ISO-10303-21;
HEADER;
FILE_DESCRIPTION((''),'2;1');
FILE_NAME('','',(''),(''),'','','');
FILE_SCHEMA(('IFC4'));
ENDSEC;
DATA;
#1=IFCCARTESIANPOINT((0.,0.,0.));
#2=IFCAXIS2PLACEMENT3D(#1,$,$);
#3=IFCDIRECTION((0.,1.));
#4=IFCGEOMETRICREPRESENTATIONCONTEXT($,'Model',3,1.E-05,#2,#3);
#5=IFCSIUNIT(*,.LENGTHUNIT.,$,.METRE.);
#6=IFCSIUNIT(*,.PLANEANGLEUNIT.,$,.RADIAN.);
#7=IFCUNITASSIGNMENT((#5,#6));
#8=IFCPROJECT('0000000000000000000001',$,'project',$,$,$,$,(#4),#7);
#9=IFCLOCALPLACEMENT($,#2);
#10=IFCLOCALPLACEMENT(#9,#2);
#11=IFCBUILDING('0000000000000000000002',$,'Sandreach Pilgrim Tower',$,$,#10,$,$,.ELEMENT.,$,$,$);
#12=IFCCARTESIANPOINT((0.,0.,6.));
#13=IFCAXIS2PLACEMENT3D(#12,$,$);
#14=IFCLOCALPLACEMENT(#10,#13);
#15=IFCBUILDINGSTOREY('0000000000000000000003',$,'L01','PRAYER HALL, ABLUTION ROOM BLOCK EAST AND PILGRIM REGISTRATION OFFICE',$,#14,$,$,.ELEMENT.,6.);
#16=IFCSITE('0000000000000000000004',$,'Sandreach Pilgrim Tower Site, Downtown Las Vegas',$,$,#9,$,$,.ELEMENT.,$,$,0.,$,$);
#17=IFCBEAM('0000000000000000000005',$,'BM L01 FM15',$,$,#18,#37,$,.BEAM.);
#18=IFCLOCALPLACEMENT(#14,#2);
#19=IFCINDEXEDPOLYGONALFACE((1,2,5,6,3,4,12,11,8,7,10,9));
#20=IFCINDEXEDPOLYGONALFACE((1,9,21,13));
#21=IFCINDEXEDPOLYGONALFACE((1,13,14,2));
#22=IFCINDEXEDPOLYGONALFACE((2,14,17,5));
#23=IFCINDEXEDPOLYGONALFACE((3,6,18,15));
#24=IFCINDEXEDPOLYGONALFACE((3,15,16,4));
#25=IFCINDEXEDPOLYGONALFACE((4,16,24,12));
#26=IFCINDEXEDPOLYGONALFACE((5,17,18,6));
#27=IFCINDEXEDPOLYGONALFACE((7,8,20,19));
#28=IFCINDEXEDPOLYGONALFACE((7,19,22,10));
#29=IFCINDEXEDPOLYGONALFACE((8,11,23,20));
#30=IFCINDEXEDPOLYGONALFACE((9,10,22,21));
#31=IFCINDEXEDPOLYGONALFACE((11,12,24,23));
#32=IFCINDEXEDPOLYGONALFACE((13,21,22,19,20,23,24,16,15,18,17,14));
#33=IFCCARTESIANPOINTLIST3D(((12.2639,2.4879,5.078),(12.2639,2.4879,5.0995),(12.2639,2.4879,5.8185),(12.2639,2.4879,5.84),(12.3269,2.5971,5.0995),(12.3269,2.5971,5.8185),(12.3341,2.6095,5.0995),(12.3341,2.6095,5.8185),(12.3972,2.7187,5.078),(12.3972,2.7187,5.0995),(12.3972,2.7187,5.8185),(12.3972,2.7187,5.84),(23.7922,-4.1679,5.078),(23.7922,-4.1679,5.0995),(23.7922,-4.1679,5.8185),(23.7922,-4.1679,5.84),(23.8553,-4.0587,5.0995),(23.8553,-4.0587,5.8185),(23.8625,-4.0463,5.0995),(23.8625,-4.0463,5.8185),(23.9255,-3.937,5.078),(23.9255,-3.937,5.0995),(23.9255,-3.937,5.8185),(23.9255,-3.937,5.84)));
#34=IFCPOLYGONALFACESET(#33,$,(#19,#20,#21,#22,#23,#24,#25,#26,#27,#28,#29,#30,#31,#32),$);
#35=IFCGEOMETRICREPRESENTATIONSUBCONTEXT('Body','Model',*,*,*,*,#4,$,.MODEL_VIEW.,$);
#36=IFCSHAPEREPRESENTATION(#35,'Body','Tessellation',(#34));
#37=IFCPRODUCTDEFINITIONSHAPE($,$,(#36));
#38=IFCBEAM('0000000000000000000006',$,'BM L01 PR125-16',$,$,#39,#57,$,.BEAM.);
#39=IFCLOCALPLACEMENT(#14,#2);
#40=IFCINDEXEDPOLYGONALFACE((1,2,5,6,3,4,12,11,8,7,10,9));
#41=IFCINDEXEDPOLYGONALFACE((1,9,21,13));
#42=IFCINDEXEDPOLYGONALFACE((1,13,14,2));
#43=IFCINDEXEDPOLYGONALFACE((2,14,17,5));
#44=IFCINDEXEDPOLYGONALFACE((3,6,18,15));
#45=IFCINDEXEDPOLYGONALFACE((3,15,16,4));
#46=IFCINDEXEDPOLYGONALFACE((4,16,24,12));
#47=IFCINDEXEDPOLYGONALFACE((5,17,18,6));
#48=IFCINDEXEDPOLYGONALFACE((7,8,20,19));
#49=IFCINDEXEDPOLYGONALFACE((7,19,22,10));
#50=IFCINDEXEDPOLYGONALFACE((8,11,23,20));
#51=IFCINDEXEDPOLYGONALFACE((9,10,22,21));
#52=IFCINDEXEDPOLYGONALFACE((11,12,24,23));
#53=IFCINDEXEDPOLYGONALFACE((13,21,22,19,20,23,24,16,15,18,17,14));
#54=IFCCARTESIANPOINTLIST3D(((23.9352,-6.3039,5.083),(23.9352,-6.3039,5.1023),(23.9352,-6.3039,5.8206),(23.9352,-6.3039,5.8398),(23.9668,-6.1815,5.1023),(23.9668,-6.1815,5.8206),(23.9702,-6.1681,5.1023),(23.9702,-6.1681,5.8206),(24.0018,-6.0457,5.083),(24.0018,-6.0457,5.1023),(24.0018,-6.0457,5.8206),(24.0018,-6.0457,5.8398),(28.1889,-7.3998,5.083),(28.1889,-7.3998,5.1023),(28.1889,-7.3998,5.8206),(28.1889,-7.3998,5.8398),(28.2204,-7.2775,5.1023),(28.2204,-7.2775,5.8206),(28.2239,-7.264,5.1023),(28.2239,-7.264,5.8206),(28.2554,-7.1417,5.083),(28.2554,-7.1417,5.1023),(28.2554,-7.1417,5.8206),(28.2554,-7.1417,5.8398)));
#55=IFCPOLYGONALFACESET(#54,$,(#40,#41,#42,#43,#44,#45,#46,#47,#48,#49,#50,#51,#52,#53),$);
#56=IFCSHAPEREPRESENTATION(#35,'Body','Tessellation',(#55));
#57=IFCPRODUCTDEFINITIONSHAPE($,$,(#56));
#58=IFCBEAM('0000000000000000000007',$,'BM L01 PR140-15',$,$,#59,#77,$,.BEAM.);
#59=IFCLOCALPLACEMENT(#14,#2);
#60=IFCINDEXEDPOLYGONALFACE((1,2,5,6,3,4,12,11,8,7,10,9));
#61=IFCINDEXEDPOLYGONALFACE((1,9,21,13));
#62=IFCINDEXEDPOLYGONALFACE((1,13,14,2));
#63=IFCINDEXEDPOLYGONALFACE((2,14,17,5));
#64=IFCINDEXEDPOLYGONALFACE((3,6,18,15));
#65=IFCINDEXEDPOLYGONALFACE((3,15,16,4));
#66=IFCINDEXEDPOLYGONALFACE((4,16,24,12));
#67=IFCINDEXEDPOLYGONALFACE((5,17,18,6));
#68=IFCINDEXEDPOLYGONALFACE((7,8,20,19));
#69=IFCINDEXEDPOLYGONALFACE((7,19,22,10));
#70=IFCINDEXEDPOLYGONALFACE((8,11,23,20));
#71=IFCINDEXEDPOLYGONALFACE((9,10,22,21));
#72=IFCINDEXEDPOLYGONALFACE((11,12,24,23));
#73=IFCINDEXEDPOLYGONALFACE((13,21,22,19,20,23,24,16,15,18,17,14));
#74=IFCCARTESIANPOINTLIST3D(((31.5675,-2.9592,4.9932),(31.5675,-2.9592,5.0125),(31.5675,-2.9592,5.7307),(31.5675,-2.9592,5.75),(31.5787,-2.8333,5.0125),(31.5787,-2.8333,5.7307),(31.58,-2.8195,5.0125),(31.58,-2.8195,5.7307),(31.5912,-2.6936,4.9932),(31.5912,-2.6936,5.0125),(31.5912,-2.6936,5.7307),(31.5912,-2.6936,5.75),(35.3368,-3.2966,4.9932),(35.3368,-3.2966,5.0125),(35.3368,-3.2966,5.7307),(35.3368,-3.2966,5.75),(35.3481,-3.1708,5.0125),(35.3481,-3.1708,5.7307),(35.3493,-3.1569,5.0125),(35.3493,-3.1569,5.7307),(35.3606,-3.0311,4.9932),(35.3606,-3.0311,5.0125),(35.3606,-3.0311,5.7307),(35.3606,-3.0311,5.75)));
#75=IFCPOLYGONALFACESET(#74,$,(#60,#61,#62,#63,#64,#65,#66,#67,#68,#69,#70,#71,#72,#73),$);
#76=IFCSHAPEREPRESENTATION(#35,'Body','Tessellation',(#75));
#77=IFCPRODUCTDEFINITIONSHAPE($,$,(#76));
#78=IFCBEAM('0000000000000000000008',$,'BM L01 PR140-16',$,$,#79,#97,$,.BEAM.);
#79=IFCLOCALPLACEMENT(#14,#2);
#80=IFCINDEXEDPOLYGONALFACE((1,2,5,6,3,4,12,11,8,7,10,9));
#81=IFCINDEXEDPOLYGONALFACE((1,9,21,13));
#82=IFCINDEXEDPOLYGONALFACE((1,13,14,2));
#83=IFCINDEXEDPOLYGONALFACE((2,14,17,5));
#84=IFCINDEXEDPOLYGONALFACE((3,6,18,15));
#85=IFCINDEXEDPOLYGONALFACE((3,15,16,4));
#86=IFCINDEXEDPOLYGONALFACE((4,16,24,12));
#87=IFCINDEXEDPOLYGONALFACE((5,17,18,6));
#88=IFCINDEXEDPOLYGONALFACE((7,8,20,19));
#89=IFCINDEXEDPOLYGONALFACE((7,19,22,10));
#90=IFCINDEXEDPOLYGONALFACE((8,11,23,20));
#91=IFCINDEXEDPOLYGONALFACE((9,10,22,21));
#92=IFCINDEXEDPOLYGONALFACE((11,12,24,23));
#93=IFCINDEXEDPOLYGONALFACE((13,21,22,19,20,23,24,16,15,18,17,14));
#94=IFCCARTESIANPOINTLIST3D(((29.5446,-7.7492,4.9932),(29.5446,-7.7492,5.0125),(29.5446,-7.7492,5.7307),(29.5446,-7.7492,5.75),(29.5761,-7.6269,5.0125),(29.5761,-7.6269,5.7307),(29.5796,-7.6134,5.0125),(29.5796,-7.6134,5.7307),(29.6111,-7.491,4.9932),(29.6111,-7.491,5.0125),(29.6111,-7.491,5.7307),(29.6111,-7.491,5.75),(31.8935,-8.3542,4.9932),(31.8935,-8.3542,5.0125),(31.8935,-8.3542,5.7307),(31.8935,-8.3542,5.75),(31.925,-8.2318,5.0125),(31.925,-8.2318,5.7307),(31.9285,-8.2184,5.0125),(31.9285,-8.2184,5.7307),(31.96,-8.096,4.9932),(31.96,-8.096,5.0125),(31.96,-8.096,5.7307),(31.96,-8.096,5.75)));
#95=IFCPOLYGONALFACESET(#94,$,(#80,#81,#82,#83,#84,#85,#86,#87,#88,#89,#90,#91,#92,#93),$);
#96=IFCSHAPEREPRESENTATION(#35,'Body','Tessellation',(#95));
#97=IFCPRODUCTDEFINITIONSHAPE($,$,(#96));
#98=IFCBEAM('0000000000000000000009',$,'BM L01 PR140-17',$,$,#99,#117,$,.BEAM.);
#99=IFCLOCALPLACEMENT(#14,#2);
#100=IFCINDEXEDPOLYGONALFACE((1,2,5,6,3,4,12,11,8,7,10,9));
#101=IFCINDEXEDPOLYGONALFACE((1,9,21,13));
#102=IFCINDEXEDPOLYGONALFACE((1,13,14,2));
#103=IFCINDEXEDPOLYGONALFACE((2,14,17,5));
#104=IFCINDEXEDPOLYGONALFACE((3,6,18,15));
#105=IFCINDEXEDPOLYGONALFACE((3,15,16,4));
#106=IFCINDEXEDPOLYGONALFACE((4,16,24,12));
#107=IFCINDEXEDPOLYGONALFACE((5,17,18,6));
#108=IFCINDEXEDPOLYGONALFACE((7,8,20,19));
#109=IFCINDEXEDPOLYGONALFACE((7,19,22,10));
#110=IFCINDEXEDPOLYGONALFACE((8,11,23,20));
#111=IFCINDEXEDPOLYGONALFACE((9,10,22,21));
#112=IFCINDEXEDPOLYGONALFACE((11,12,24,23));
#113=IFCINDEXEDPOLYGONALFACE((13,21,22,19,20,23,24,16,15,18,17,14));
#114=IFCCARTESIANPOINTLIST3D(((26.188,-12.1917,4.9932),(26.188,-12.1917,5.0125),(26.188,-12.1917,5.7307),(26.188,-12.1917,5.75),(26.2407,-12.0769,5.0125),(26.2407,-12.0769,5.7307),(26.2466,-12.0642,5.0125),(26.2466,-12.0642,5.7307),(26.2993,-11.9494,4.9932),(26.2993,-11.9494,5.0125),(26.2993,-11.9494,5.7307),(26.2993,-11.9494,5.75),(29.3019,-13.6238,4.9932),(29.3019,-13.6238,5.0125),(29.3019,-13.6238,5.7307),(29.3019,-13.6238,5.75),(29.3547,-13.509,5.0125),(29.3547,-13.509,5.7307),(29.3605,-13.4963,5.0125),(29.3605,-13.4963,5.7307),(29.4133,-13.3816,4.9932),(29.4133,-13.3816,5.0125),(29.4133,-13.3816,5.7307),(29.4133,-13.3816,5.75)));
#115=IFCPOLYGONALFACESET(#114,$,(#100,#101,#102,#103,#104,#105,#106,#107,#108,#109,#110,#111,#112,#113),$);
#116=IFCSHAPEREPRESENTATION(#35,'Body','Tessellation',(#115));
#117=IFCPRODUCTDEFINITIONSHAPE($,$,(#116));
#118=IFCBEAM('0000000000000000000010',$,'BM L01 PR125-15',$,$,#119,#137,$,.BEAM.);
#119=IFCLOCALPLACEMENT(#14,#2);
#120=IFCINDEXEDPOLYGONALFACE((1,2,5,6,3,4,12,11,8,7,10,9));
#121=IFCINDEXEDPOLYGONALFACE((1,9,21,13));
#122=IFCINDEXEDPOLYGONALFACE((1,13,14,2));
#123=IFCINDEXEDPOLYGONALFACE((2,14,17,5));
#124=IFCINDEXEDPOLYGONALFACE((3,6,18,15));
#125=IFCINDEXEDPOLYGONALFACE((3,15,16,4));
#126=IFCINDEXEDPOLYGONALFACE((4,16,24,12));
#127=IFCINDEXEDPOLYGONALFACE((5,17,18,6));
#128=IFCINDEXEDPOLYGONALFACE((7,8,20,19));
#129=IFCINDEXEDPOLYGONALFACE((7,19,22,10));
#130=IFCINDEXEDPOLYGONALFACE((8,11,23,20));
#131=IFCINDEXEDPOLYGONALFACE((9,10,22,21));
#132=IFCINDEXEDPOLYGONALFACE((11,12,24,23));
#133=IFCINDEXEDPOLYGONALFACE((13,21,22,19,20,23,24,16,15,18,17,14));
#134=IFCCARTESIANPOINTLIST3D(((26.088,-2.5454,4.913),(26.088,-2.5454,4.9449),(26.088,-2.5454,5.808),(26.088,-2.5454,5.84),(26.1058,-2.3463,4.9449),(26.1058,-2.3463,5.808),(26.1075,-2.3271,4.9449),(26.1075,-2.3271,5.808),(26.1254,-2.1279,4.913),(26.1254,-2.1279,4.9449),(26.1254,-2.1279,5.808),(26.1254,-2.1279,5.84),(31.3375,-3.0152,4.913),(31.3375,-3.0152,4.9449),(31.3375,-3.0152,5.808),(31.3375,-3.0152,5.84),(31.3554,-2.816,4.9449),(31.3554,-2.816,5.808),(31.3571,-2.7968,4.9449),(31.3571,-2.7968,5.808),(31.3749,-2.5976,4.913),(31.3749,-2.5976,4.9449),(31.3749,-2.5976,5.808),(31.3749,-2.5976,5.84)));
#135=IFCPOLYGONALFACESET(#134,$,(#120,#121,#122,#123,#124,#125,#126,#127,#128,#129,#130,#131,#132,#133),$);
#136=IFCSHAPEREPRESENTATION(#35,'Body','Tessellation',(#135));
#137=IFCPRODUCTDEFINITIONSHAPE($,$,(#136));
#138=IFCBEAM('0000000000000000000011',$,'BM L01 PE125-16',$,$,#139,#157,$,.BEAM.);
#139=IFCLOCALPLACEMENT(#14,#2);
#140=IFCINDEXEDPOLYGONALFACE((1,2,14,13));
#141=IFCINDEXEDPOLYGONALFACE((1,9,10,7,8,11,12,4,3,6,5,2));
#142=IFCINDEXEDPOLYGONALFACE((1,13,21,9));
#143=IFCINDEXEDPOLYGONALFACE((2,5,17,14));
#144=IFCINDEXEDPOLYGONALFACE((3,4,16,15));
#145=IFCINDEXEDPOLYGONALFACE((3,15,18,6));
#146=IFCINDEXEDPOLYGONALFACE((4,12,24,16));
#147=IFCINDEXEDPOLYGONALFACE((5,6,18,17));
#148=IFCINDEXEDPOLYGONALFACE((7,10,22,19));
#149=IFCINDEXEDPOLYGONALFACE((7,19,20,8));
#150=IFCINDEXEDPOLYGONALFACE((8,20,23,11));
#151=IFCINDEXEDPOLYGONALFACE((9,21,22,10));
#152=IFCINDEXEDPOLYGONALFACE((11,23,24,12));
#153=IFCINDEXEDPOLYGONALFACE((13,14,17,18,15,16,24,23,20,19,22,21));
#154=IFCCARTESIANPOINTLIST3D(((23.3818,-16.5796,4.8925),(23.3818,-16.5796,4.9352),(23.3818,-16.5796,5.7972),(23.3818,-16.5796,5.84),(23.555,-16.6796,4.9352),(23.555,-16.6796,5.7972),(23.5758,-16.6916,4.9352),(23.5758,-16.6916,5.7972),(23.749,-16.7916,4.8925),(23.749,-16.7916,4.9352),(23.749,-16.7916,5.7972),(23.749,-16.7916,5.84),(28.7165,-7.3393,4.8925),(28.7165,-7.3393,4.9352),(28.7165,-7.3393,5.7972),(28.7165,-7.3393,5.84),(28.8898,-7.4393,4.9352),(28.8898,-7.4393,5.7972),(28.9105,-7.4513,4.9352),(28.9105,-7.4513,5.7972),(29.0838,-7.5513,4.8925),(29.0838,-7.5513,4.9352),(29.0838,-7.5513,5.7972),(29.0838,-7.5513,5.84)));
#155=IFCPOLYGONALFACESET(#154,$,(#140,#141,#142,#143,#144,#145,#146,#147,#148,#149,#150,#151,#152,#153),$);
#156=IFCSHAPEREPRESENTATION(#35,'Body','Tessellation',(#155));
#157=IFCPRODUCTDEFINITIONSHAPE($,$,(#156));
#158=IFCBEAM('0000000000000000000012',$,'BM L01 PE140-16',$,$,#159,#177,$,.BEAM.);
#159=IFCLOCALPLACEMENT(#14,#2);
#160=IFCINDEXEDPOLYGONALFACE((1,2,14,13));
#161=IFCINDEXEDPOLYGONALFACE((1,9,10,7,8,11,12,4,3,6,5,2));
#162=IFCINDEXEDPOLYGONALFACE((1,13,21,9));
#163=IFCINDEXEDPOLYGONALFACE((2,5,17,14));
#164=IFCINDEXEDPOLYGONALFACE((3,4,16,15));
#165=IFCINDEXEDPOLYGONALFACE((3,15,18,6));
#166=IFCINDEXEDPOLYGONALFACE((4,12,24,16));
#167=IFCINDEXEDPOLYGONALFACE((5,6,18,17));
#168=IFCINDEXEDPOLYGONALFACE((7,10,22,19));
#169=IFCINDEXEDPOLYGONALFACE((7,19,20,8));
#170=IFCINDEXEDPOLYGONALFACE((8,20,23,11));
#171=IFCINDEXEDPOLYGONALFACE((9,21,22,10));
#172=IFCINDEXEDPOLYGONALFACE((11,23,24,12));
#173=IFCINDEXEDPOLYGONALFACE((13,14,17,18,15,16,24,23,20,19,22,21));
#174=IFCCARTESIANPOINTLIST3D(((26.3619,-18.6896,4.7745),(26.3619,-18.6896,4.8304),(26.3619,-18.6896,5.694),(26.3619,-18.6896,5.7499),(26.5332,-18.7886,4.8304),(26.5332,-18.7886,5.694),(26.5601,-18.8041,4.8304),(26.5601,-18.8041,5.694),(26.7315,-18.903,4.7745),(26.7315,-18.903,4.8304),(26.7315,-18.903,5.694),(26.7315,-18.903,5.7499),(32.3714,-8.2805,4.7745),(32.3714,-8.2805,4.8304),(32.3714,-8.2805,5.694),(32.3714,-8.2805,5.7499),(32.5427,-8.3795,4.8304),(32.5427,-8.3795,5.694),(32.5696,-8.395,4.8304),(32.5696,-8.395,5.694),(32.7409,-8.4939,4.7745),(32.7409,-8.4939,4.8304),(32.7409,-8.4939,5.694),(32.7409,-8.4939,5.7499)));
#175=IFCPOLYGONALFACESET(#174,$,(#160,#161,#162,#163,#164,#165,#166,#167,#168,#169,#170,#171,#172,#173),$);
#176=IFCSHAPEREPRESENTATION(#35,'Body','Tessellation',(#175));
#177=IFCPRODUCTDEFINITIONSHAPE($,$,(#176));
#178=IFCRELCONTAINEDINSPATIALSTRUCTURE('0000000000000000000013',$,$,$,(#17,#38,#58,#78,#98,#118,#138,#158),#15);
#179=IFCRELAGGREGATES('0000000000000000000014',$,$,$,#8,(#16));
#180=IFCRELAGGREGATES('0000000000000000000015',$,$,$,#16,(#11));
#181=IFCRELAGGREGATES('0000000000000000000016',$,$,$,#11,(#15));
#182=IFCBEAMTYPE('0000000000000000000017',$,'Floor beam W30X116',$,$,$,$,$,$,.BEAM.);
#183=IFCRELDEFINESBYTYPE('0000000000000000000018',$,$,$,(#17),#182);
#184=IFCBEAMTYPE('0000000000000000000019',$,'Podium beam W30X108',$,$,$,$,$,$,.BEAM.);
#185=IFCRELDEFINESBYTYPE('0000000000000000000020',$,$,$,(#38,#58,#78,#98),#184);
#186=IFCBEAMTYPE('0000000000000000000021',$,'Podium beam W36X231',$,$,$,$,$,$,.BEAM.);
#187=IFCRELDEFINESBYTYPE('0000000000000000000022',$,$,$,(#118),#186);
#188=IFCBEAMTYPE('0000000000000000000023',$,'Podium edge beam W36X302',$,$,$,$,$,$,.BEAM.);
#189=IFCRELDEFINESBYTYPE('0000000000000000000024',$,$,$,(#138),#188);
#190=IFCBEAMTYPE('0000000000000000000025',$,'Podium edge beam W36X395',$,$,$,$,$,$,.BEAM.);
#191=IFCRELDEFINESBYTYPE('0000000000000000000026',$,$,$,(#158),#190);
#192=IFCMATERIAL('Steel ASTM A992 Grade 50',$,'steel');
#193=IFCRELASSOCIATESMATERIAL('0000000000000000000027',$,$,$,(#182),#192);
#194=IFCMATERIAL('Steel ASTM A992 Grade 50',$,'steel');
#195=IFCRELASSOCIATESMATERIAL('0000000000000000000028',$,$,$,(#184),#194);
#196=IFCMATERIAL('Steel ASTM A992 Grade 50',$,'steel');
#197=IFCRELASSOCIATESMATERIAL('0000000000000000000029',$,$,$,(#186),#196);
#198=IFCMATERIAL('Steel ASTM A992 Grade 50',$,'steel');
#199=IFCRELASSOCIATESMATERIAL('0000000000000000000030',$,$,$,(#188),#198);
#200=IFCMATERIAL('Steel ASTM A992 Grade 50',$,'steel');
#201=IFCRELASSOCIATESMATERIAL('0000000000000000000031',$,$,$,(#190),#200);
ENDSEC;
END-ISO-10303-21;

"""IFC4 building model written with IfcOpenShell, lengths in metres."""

from ifc_helpers import new_model, si_unit, direction, frame, origin, origin_2d, place, context, subcontext, project, spatial, i_section, extrude, material, material_profile, profile_set, type_object, element, save


model = new_model("IFC4")

# Units and contexts
model_context = context("Model", 3, precision=1e-05, world=origin(), true_north=direction((0.0, 1.0)))
body_context = subcontext(model_context, "Body", "Model", "MODEL_VIEW")
ifc_project = project(units=[si_unit("LENGTHUNIT", "METRE"), si_unit("PLANEANGLEUNIT", "RADIAN")], contexts=[model_context])

# Site, building, storey
site_placement = place(None, origin())
site = spatial("IfcSite", under=ifc_project, at=site_placement, Name="Sandreach Pilgrim Tower Site, Downtown Las Vegas", CompositionType="ELEMENT", RefElevation=0.0)
building_placement = place(site_placement, origin())
building = spatial("IfcBuilding", under=site, at=building_placement, Name="Sandreach Pilgrim Tower", CompositionType="ELEMENT")
storey_placement = place(building_placement, frame((0.0, 0.0, 6.0)))
storey = spatial("IfcBuildingStorey", under=building, at=storey_placement, Name="L01", Description="PRAYER HALL, ABLUTION ROOM BLOCK EAST AND PILGRIM REGISTRATION OFFICE", CompositionType="ELEMENT", Elevation=6.0)

# Beams
ifc_material_1 = material(Name="Steel ASTM A992 Grade 50", Category="steel")
ifc_material_profile_1 = material_profile(ifc_material_1, i_section(OverallWidth=0.2666, OverallDepth=0.762, WebThickness=0.0144, FlangeThickness=0.0215, at=origin_2d()), Name="W30X116")
ifc_profile_set_1 = profile_set([ifc_material_profile_1], Name="Steel ASTM A992 Grade 50")
beam_type_1 = type_object("IfcBeamType", Name="Floor beam W30X116", PredefinedType="BEAM", material=ifc_profile_set_1)
beam_1_placement = place(storey_placement, frame((23.8589, -4.0525, 5.459), z_axis=(-0.866029, 0.499993, 0.0), x_axis=(-0.499993, -0.866029, 0.0)))
element("IfcBeam", 1, at=beam_1_placement, inside=storey, type_object=beam_type_1, Name="BM L01 FM15", PredefinedType="BEAM", context=body_context, shape_type="SweptSolid", body=[
    extrude(i_section(OverallWidth=0.2666, OverallDepth=0.762, WebThickness=0.0144, FlangeThickness=0.0215, at=origin_2d()), origin(), (0.0, 0.0, 1.0), 13.3118),
])
ifc_material_2 = material(Name="Steel ASTM A992 Grade 50", Category="steel")
ifc_material_profile_2 = material_profile(ifc_material_2, i_section(OverallWidth=0.2666, OverallDepth=0.7568, WebThickness=0.0139, FlangeThickness=0.0193, at=origin_2d()), Name="W30X108")
ifc_profile_set_2 = profile_set([ifc_material_profile_2], Name="Steel ASTM A992 Grade 50")
beam_type_2 = type_object("IfcBeamType", Name="Podium beam W30X108", PredefinedType="BEAM", material=ifc_profile_set_2)
beam_2_placement = place(storey_placement, frame((23.9685, -6.1748, 5.4614), z_axis=(0.968375, -0.2495, 0.0), x_axis=(0.2495, 0.968375, 0.0)))
element("IfcBeam", 2, at=beam_2_placement, inside=storey, type_object=beam_type_2, Name="BM L01 PR125-16", PredefinedType="BEAM", context=body_context, shape_type="SweptSolid", body=[
    extrude(i_section(OverallWidth=0.2666, OverallDepth=0.7568, WebThickness=0.0139, FlangeThickness=0.0193, at=origin_2d()), origin(), (0.0, 0.0, 1.0), 4.3926),
])
beam_3_placement = place(storey_placement, frame((31.5793, -2.8264, 5.3716), z_axis=(0.996018, -0.089157, 0.0), x_axis=(0.089157, 0.996018, 0.0)))
element("IfcBeam", 3, at=beam_3_placement, inside=storey, type_object=beam_type_2, Name="BM L01 PR140-15", PredefinedType="BEAM", context=body_context, shape_type="SweptSolid", body=[
    extrude(i_section(OverallWidth=0.2666, OverallDepth=0.7568, WebThickness=0.0139, FlangeThickness=0.0193, at=origin_2d()), origin(), (0.0, 0.0, 1.0), 3.7844),
])
beam_4_placement = place(storey_placement, frame((29.5779, -7.6201, 5.3716), z_axis=(0.968395, -0.249421, 0.0), x_axis=(0.249421, 0.968395, 0.0)))
element("IfcBeam", 4, at=beam_4_placement, inside=storey, type_object=beam_type_2, Name="BM L01 PR140-16", PredefinedType="BEAM", context=body_context, shape_type="SweptSolid", body=[
    extrude(i_section(OverallWidth=0.2666, OverallDepth=0.7568, WebThickness=0.0139, FlangeThickness=0.0193, at=origin_2d()), origin(), (0.0, 0.0, 1.0), 2.4255),
])
beam_5_placement = place(storey_placement, frame((26.2437, -12.0706, 5.3716), z_axis=(0.908526, -0.417829, 0.0), x_axis=(0.417829, 0.908526, 0.0)))
element("IfcBeam", 5, at=beam_5_placement, inside=storey, type_object=beam_type_2, Name="BM L01 PR140-17", PredefinedType="BEAM", context=body_context, shape_type="SweptSolid", body=[
    extrude(i_section(OverallWidth=0.2666, OverallDepth=0.7568, WebThickness=0.0139, FlangeThickness=0.0193, at=origin_2d()), origin(), (0.0, 0.0, 1.0), 3.4275),
])
ifc_material_3 = material(Name="Steel ASTM A992 Grade 50", Category="steel")
ifc_material_profile_3 = material_profile(ifc_material_3, i_section(OverallWidth=0.4192, OverallDepth=0.927, WebThickness=0.0193, FlangeThickness=0.032, at=origin_2d()), Name="W36X231")
ifc_profile_set_3 = profile_set([ifc_material_profile_3], Name="Steel ASTM A992 Grade 50")
beam_type_3 = type_object("IfcBeamType", Name="Podium beam W36X231", PredefinedType="BEAM", material=ifc_profile_set_3)
beam_6_placement = place(storey_placement, frame((26.1067, -2.3367, 5.3765), z_axis=(0.996021, -0.089124, 0.0), x_axis=(0.089124, 0.996021, 0.0)))
element("IfcBeam", 6, at=beam_6_placement, inside=storey, type_object=beam_type_3, Name="BM L01 PR125-15", PredefinedType="BEAM", context=body_context, shape_type="SweptSolid", body=[
    extrude(i_section(OverallWidth=0.4192, OverallDepth=0.927, WebThickness=0.0193, FlangeThickness=0.032, at=origin_2d()), origin(), (0.0, 0.0, 1.0), 5.2705),
])
ifc_material_4 = material(Name="Steel ASTM A992 Grade 50", Category="steel")
ifc_material_profile_4 = material_profile(ifc_material_4, i_section(OverallWidth=0.4241, OverallDepth=0.9475, WebThickness=0.0239, FlangeThickness=0.0427, at=origin_2d()), Name="W36X302")
ifc_profile_set_4 = profile_set([ifc_material_profile_4], Name="Steel ASTM A992 Grade 50")
beam_type_4 = type_object("IfcBeamType", Name="Podium edge beam W36X302", PredefinedType="BEAM", material=ifc_profile_set_4)
beam_7_placement = place(storey_placement, frame((28.9001, -7.4453, 5.3662), z_axis=(-0.499991, -0.866031, 0.0), x_axis=(0.866031, -0.499991, 0.0)))
element("IfcBeam", 7, at=beam_7_placement, inside=storey, type_object=beam_type_4, Name="BM L01 PE125-16", PredefinedType="BEAM", context=body_context, shape_type="SweptSolid", body=[
    extrude(i_section(OverallWidth=0.4241, OverallDepth=0.9475, WebThickness=0.0239, FlangeThickness=0.0427, at=origin_2d()), origin(), (0.0, 0.0, 1.0), 10.6697),
])
ifc_material_5 = material(Name="Steel ASTM A992 Grade 50", Category="steel")
ifc_material_profile_5 = material_profile(ifc_material_5, i_section(OverallWidth=0.4268, OverallDepth=0.9753, WebThickness=0.031, FlangeThickness=0.0559, at=origin_2d()), Name="W36X395")
ifc_profile_set_5 = profile_set([ifc_material_profile_5], Name="Steel ASTM A992 Grade 50")
beam_type_5 = type_object("IfcBeamType", Name="Podium edge beam W36X395", PredefinedType="BEAM", material=ifc_profile_set_5)
beam_8_placement = place(storey_placement, frame((32.5562, -8.3872, 5.2622), z_axis=(-0.499986, -0.866033, 0.0), x_axis=(0.866033, -0.499986, 0.0)))
element("IfcBeam", 8, at=beam_8_placement, inside=storey, type_object=beam_type_5, Name="BM L01 PE140-16", PredefinedType="BEAM", context=body_context, shape_type="SweptSolid", body=[
    extrude(i_section(OverallWidth=0.4268, OverallDepth=0.9753, WebThickness=0.031, FlangeThickness=0.0559, at=origin_2d()), origin(), (0.0, 0.0, 1.0), 12.0193),
])

save(model, "model.ifc")
